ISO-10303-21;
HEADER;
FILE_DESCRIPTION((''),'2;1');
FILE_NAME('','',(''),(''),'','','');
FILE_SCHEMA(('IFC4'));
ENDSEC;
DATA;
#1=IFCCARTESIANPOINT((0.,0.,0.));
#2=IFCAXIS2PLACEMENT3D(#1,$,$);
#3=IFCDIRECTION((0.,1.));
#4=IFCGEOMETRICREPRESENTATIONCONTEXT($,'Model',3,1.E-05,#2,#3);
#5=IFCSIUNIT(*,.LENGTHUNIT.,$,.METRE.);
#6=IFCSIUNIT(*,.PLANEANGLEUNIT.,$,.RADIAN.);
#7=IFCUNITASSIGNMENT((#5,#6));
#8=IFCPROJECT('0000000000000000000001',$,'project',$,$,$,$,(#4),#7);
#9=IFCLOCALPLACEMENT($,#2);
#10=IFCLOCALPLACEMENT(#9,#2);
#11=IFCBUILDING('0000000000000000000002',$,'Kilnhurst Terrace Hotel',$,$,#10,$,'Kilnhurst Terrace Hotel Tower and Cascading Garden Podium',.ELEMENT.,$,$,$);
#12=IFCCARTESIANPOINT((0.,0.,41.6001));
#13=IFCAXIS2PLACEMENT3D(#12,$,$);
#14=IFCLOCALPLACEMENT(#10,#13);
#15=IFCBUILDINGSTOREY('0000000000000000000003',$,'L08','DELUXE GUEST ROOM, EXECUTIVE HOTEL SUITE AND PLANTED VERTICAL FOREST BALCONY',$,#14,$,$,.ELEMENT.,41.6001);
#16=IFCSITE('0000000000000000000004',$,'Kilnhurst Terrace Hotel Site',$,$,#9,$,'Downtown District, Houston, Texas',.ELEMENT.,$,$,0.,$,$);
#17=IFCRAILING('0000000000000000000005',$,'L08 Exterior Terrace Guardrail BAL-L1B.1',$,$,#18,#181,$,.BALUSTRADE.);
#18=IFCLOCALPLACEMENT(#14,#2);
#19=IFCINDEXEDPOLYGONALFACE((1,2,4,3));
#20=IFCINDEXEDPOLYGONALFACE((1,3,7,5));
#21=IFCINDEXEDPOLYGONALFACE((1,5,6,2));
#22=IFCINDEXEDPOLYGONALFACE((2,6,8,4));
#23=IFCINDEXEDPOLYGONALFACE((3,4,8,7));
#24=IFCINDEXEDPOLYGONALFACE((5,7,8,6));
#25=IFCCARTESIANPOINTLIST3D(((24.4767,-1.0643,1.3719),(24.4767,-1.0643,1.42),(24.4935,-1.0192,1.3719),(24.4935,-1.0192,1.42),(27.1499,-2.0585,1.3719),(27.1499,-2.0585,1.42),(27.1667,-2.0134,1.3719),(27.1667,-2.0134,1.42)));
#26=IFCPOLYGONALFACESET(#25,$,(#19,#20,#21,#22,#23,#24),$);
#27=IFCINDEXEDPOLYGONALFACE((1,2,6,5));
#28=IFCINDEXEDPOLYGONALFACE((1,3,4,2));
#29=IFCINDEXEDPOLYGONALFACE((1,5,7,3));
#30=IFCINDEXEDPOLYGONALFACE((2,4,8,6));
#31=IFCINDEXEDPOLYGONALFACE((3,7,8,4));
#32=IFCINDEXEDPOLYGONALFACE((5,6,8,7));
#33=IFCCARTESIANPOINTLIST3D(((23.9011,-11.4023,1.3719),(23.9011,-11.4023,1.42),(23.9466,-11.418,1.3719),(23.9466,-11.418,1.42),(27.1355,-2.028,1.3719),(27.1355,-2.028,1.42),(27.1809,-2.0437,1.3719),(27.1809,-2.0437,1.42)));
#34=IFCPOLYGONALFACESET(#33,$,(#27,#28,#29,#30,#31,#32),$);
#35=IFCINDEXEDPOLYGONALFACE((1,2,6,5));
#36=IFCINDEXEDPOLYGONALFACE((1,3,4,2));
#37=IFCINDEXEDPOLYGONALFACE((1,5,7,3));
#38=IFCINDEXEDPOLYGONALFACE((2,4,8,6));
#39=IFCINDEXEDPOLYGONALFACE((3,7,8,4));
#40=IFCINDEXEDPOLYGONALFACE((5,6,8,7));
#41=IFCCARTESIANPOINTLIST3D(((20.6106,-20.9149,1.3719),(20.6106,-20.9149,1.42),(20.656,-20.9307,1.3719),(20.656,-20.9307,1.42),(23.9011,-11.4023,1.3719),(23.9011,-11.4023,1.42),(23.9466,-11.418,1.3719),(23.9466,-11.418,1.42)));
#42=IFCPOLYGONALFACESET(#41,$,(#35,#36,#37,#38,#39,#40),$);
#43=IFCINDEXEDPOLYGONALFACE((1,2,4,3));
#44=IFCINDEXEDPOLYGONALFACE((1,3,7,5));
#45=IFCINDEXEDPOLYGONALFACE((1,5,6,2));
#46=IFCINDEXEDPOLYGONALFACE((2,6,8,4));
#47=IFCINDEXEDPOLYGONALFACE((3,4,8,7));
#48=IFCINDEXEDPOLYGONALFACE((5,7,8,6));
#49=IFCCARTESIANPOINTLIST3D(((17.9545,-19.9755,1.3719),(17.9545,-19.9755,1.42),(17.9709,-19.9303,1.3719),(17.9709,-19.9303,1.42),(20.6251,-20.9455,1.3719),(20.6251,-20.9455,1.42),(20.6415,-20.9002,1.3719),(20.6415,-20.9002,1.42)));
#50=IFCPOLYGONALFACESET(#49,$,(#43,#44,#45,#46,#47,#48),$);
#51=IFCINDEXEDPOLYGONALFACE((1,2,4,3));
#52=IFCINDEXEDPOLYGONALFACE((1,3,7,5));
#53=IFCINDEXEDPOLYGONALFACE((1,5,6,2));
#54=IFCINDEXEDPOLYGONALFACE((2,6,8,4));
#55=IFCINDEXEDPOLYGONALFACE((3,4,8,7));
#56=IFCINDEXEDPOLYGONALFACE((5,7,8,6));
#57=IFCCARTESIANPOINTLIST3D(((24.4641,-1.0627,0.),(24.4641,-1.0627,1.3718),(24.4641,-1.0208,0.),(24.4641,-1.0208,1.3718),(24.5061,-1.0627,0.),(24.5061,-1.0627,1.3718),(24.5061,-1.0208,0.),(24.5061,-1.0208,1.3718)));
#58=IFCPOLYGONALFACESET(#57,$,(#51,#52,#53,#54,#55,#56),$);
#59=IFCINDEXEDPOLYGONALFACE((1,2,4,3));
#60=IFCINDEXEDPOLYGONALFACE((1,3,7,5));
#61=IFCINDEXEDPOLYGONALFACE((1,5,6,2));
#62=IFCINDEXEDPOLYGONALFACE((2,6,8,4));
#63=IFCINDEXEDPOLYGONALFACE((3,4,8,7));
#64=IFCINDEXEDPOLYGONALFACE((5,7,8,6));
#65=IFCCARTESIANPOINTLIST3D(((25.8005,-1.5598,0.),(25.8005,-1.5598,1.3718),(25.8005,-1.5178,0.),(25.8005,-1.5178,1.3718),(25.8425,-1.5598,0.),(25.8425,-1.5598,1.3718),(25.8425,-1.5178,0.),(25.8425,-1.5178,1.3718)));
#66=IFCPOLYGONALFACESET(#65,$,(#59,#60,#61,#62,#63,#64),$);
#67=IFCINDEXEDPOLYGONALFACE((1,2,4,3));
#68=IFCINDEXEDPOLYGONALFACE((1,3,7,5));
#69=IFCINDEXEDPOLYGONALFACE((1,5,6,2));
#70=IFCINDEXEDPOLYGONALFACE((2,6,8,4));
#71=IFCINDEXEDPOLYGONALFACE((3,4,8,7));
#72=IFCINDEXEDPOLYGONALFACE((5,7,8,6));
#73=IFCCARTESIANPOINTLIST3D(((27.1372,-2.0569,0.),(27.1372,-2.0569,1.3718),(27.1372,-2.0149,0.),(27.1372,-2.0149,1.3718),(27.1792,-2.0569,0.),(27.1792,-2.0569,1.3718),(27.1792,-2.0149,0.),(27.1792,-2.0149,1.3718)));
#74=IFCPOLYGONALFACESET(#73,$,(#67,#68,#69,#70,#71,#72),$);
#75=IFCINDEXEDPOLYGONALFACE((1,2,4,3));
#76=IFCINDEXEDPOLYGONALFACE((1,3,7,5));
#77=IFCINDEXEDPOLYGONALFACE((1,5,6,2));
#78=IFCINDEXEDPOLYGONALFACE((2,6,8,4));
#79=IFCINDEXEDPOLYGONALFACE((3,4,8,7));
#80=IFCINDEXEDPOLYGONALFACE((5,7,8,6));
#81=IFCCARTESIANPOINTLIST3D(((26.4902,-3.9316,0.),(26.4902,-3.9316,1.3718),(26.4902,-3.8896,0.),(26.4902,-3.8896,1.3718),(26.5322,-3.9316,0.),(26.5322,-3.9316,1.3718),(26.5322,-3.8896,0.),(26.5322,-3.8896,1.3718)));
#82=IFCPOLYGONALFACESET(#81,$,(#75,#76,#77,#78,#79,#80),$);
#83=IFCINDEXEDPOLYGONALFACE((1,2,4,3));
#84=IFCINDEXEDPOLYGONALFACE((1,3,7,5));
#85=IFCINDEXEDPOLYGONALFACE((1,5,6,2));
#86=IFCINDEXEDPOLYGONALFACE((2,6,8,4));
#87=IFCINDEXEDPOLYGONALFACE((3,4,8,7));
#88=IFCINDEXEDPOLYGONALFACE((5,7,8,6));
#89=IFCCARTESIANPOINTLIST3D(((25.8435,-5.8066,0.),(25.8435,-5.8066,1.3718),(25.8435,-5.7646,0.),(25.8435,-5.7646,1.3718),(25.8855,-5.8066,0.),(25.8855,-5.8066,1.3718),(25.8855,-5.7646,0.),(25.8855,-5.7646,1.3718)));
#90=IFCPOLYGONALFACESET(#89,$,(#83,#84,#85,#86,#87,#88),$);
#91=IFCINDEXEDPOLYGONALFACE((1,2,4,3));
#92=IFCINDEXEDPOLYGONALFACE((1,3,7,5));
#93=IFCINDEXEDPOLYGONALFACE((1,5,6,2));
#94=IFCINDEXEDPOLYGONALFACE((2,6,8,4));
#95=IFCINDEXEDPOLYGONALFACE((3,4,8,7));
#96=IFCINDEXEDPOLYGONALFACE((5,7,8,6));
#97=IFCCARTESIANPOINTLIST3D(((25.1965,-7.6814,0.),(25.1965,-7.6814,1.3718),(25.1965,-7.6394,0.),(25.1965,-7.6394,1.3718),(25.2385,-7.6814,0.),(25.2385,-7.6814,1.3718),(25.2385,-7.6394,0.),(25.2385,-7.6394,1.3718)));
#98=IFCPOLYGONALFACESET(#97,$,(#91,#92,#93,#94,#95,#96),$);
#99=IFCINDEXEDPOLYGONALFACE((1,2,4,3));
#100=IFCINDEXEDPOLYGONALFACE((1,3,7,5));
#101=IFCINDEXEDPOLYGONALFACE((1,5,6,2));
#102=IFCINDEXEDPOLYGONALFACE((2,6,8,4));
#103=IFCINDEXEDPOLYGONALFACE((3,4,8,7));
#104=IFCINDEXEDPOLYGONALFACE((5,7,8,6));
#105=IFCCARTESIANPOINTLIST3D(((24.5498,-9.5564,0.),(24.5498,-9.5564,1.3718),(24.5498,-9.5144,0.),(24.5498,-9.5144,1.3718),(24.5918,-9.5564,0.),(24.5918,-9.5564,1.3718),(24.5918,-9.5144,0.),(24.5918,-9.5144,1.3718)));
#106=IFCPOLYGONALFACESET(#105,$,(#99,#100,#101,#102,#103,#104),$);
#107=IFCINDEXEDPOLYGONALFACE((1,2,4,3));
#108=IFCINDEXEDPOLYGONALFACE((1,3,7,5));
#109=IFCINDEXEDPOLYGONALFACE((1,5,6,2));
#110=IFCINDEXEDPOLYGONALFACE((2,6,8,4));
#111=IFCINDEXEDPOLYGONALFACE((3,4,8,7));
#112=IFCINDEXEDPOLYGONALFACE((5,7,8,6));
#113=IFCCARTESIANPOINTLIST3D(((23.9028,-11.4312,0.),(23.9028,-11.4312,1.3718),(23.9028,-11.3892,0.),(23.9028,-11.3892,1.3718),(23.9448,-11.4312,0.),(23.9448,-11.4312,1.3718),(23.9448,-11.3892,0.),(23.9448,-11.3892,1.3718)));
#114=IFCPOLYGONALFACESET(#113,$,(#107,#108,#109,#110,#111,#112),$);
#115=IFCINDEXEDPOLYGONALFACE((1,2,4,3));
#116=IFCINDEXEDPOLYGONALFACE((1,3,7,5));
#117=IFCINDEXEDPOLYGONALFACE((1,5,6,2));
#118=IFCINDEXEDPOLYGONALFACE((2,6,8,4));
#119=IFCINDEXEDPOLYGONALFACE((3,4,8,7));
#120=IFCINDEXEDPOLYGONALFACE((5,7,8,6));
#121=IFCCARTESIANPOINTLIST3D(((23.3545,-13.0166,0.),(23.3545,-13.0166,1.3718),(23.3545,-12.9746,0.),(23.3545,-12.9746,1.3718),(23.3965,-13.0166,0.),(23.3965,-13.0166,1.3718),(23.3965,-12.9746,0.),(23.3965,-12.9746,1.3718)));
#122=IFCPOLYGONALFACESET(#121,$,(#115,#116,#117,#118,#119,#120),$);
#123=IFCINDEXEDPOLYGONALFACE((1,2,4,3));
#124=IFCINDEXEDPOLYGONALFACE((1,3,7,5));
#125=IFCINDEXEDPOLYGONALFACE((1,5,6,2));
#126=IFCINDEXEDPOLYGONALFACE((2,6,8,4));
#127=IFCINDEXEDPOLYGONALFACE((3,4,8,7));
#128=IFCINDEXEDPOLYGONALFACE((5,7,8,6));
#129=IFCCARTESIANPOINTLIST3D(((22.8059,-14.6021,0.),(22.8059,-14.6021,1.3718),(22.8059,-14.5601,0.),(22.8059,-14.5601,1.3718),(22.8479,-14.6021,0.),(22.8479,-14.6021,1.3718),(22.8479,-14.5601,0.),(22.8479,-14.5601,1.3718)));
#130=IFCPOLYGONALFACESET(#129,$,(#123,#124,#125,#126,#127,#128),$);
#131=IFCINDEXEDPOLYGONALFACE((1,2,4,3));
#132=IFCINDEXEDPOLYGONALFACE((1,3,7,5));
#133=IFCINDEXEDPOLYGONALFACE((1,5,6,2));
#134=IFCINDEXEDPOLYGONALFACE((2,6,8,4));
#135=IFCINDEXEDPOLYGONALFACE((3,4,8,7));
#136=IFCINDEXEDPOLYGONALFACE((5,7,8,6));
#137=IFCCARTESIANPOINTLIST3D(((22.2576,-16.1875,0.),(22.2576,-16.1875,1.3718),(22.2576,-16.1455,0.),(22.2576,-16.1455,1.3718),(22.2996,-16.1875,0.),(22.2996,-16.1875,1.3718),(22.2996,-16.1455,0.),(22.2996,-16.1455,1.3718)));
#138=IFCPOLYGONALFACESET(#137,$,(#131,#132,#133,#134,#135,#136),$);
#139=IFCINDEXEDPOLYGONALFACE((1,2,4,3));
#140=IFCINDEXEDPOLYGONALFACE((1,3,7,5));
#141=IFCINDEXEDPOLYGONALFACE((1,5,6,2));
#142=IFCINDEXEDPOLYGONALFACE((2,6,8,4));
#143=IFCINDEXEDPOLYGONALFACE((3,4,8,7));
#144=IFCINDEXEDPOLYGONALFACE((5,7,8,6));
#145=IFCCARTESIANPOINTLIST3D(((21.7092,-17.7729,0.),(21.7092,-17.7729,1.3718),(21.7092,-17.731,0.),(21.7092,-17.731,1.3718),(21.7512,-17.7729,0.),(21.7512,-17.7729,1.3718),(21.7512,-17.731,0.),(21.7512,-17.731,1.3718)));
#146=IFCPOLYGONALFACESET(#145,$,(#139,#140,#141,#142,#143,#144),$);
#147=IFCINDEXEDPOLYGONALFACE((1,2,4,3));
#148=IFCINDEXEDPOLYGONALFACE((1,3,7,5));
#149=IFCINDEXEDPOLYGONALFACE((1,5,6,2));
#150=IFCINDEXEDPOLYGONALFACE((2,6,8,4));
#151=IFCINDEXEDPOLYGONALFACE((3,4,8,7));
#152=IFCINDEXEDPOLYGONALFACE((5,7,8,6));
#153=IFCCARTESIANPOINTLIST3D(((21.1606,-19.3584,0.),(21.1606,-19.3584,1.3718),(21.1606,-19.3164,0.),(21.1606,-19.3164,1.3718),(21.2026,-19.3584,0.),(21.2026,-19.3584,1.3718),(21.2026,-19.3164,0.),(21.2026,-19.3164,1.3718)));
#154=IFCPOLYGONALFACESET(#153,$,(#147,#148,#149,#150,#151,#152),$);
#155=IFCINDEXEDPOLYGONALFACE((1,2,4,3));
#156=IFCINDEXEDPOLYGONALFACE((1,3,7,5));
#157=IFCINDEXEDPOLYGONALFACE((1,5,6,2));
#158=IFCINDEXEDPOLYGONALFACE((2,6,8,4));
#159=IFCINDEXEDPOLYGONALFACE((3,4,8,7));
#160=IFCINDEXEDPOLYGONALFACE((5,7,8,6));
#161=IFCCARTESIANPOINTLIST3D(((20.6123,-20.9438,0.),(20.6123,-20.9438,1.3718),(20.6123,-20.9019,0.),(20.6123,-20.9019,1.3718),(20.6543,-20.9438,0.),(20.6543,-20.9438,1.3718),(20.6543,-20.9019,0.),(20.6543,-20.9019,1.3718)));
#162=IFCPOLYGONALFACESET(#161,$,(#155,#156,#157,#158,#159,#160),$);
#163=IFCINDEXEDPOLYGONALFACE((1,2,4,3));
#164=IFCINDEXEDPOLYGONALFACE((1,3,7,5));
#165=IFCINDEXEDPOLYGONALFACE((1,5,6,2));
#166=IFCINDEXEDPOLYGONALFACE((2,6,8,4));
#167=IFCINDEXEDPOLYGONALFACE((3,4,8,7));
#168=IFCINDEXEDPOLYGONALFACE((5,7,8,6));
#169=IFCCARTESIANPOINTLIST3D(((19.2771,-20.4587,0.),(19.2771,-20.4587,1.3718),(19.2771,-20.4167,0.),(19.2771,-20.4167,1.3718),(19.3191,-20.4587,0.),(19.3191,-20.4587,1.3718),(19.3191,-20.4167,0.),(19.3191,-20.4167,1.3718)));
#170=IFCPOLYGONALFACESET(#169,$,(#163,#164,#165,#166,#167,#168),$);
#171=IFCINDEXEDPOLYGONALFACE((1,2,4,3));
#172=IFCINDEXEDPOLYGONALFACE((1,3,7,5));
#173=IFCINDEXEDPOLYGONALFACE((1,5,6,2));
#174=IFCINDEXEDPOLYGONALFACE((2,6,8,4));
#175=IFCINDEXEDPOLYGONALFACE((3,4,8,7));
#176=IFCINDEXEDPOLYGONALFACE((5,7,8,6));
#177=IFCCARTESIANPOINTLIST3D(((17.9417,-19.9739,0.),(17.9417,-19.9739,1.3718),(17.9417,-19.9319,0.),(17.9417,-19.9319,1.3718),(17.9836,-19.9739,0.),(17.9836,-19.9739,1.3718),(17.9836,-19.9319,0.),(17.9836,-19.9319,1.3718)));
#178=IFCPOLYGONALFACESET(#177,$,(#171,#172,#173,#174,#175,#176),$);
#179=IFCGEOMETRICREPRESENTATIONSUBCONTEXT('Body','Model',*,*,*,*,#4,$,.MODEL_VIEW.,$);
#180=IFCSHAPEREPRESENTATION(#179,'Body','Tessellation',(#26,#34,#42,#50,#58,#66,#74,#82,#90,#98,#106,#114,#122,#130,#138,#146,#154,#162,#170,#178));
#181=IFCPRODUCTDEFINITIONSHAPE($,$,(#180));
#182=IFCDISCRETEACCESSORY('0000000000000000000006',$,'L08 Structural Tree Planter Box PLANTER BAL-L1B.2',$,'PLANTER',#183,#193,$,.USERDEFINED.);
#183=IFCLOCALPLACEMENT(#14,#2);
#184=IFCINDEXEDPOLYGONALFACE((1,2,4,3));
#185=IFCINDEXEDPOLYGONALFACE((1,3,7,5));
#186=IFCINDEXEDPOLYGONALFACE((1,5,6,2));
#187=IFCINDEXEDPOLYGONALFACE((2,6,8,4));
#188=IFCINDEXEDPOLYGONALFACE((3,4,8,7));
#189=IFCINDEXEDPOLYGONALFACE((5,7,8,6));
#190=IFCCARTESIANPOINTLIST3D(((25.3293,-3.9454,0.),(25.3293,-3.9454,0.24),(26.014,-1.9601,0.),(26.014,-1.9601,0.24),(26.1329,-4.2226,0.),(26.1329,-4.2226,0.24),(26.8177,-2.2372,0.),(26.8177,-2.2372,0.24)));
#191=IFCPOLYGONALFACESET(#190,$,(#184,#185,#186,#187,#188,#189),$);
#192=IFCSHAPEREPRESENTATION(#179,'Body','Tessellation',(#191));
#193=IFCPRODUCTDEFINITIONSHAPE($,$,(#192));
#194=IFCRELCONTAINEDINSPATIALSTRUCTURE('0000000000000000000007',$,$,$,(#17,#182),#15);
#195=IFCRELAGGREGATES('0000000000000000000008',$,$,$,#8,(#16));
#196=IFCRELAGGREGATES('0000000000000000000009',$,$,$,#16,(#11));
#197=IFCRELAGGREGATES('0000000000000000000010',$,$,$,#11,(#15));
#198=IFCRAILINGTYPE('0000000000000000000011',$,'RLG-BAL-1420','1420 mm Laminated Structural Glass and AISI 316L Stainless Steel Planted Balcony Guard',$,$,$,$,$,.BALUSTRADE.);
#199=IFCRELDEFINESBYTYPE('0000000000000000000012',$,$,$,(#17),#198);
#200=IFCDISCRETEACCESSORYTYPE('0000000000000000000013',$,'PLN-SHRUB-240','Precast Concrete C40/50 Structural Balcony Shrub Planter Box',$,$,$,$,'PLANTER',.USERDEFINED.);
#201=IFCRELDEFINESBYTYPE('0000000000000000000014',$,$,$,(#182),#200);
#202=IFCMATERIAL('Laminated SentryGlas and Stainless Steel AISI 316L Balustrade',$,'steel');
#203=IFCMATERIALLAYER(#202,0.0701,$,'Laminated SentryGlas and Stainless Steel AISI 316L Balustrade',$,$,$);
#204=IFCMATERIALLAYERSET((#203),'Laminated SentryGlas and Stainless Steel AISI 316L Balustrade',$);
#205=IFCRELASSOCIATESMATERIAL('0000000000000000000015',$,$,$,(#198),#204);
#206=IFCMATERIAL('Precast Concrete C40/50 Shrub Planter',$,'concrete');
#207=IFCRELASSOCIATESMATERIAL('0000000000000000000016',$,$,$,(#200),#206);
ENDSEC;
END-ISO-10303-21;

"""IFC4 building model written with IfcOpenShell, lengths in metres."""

from ifc_helpers import new_model, si_unit, direction, frame, origin, origin_2d, place, context, subcontext, project, spatial, rectangle, extrude, material, layer, layer_set, type_object, element, save


model = new_model("IFC4")

# Units and contexts
model_context = context("Model", 3, precision=1e-05, world=origin(), true_north=direction((0.0, 1.0)))
body_context = subcontext(model_context, "Body", "Model", "MODEL_VIEW")
ifc_project = project(units=[si_unit("LENGTHUNIT", "METRE"), si_unit("PLANEANGLEUNIT", "RADIAN")], contexts=[model_context])

# Site, building, storey
site_placement = place(None, origin())
site = spatial("IfcSite", under=ifc_project, at=site_placement, Name="Kilnhurst Terrace Hotel Site", LongName="Downtown District, Houston, Texas", CompositionType="ELEMENT", RefElevation=0.0)
building_placement = place(site_placement, origin())
building = spatial("IfcBuilding", under=site, at=building_placement, Name="Kilnhurst Terrace Hotel", LongName="Kilnhurst Terrace Hotel Tower and Cascading Garden Podium", CompositionType="ELEMENT")
storey_placement = place(building_placement, frame((0.0, 0.0, 41.6001)))
storey = spatial("IfcBuildingStorey", under=building, at=storey_placement, Name="L08", Description="DELUXE GUEST ROOM, EXECUTIVE HOTEL SUITE AND PLANTED VERTICAL FOREST BALCONY", CompositionType="ELEMENT", Elevation=41.6001)

# Railing
ifc_material_1 = material(Name="Laminated SentryGlas and Stainless Steel AISI 316L Balustrade", Category="steel")
ifc_layer_1 = layer(ifc_material_1, 0.0701, Name="Laminated SentryGlas and Stainless Steel AISI 316L Balustrade")
ifc_layer_set_1 = layer_set([ifc_layer_1], Name="Laminated SentryGlas and Stainless Steel AISI 316L Balustrade")
railing_type = type_object("IfcRailingType", Name="RLG-BAL-1420", Description="1420 mm Laminated Structural Glass and AISI 316L Stainless Steel Planted Balcony Guard", PredefinedType="BALUSTRADE", material=ifc_layer_set_1)
railing_placement = place(storey_placement, frame((24.4851, -1.0417, 0.0)))
element("IfcRailing", 1, at=railing_placement, inside=storey, type_object=railing_type, Name="L08 Exterior Terrace Guardrail BAL-L1B.1", PredefinedType="BALUSTRADE", context=body_context, shape_type="SweptSolid", body=[
    extrude(rectangle(XDim=0.0481, YDim=0.0481, at=origin_2d()), frame((0.0, 0.0, 1.396), z_axis=(0.937279, -0.34858, 0.0), x_axis=(0.34858, 0.937279, 0.0)), (0.0, 0.0, 1.0), 2.8521),
    extrude(rectangle(XDim=0.0481, YDim=0.0481, at=origin_2d()), frame((2.6731, -0.9941, 1.396), z_axis=(-0.326159, -0.945315, 0.0), x_axis=(0.945315, -0.326159, 0.0)), (0.0, 0.0, 1.0), 9.9165),
    extrude(rectangle(XDim=0.0481, YDim=0.0481, at=origin_2d()), frame((-0.5613, -10.3684, 1.396), z_axis=(-0.326904, -0.945058, 0.0), x_axis=(0.945058, -0.326904, 0.0)), (0.0, 0.0, 1.0), 10.0657),
    extrude(rectangle(XDim=0.0481, YDim=0.0481, at=origin_2d()), frame((-3.8518, -19.8811, 1.396), z_axis=(-0.939926, 0.341377, 0.0), x_axis=(-0.341377, -0.939926, 0.0)), (0.0, 0.0, 1.0), 2.8413),
    extrude(rectangle(XDim=0.042, YDim=0.042, at=origin_2d()), origin(), (0.0, 0.0, 1.0), 1.3718),
    extrude(rectangle(XDim=0.042, YDim=0.042, at=origin_2d()), frame((1.3364, -0.4971, 0.0)), (0.0, 0.0, 1.0), 1.3718),
    extrude(rectangle(XDim=0.042, YDim=0.042, at=origin_2d()), frame((2.6731, -0.9941, 0.0)), (0.0, 0.0, 1.0), 1.3718),
    extrude(rectangle(XDim=0.042, YDim=0.042, at=origin_2d()), frame((2.0261, -2.8689, 0.0)), (0.0, 0.0, 1.0), 1.3718),
    extrude(rectangle(XDim=0.042, YDim=0.042, at=origin_2d()), frame((1.3794, -4.7439, 0.0)), (0.0, 0.0, 1.0), 1.3718),
    extrude(rectangle(XDim=0.042, YDim=0.042, at=origin_2d()), frame((0.7324, -6.6187, 0.0)), (0.0, 0.0, 1.0), 1.3718),
    extrude(rectangle(XDim=0.042, YDim=0.042, at=origin_2d()), frame((0.0857, -8.4937, 0.0)), (0.0, 0.0, 1.0), 1.3718),
    extrude(rectangle(XDim=0.042, YDim=0.042, at=origin_2d()), frame((-0.5613, -10.3684, 0.0)), (0.0, 0.0, 1.0), 1.3718),
    extrude(rectangle(XDim=0.042, YDim=0.042, at=origin_2d()), frame((-1.1096, -11.9539, 0.0)), (0.0, 0.0, 1.0), 1.3718),
    extrude(rectangle(XDim=0.042, YDim=0.042, at=origin_2d()), frame((-1.6582, -13.5393, 0.0)), (0.0, 0.0, 1.0), 1.3718),
    extrude(rectangle(XDim=0.042, YDim=0.042, at=origin_2d()), frame((-2.2065, -15.1248, 0.0)), (0.0, 0.0, 1.0), 1.3718),
    extrude(rectangle(XDim=0.042, YDim=0.042, at=origin_2d()), frame((-2.7549, -16.7102, 0.0)), (0.0, 0.0, 1.0), 1.3718),
    extrude(rectangle(XDim=0.042, YDim=0.042, at=origin_2d()), frame((-3.3035, -18.2957, 0.0)), (0.0, 0.0, 1.0), 1.3718),
    extrude(rectangle(XDim=0.042, YDim=0.042, at=origin_2d()), frame((-3.8518, -19.8811, 0.0)), (0.0, 0.0, 1.0), 1.3718),
    extrude(rectangle(XDim=0.042, YDim=0.042, at=origin_2d()), frame((-5.187, -19.396, 0.0)), (0.0, 0.0, 1.0), 1.3718),
    extrude(rectangle(XDim=0.042, YDim=0.042, at=origin_2d()), frame((-6.5225, -18.9111, 0.0)), (0.0, 0.0, 1.0), 1.3718),
])

# Discrete accessory
ifc_material_2 = material(Name="Precast Concrete C40/50 Shrub Planter", Category="concrete")
discrete_accessory_type = type_object("IfcDiscreteAccessoryType", Name="PLN-SHRUB-240", Description="Precast Concrete C40/50 Structural Balcony Shrub Planter Box", ElementType="PLANTER", PredefinedType="USERDEFINED", material=ifc_material_2)
discrete_accessory_placement = place(storey_placement, frame((26.0735, -3.0913, 0.0), z_axis=(0.0, 0.0, 1.0), x_axis=(0.326063, 0.945348, 0.0)))
element("IfcDiscreteAccessory", 2, at=discrete_accessory_placement, inside=storey, type_object=discrete_accessory_type, Name="L08 Structural Tree Planter Box PLANTER BAL-L1B.2", ObjectType="PLANTER", PredefinedType="USERDEFINED", context=body_context, shape_type="SweptSolid", body=[
    extrude(rectangle(XDim=2.1001, YDim=0.8501, at=origin_2d()), origin(), (0.0, 0.0, 1.0), 0.24),
])

save(model, "model.ifc")
